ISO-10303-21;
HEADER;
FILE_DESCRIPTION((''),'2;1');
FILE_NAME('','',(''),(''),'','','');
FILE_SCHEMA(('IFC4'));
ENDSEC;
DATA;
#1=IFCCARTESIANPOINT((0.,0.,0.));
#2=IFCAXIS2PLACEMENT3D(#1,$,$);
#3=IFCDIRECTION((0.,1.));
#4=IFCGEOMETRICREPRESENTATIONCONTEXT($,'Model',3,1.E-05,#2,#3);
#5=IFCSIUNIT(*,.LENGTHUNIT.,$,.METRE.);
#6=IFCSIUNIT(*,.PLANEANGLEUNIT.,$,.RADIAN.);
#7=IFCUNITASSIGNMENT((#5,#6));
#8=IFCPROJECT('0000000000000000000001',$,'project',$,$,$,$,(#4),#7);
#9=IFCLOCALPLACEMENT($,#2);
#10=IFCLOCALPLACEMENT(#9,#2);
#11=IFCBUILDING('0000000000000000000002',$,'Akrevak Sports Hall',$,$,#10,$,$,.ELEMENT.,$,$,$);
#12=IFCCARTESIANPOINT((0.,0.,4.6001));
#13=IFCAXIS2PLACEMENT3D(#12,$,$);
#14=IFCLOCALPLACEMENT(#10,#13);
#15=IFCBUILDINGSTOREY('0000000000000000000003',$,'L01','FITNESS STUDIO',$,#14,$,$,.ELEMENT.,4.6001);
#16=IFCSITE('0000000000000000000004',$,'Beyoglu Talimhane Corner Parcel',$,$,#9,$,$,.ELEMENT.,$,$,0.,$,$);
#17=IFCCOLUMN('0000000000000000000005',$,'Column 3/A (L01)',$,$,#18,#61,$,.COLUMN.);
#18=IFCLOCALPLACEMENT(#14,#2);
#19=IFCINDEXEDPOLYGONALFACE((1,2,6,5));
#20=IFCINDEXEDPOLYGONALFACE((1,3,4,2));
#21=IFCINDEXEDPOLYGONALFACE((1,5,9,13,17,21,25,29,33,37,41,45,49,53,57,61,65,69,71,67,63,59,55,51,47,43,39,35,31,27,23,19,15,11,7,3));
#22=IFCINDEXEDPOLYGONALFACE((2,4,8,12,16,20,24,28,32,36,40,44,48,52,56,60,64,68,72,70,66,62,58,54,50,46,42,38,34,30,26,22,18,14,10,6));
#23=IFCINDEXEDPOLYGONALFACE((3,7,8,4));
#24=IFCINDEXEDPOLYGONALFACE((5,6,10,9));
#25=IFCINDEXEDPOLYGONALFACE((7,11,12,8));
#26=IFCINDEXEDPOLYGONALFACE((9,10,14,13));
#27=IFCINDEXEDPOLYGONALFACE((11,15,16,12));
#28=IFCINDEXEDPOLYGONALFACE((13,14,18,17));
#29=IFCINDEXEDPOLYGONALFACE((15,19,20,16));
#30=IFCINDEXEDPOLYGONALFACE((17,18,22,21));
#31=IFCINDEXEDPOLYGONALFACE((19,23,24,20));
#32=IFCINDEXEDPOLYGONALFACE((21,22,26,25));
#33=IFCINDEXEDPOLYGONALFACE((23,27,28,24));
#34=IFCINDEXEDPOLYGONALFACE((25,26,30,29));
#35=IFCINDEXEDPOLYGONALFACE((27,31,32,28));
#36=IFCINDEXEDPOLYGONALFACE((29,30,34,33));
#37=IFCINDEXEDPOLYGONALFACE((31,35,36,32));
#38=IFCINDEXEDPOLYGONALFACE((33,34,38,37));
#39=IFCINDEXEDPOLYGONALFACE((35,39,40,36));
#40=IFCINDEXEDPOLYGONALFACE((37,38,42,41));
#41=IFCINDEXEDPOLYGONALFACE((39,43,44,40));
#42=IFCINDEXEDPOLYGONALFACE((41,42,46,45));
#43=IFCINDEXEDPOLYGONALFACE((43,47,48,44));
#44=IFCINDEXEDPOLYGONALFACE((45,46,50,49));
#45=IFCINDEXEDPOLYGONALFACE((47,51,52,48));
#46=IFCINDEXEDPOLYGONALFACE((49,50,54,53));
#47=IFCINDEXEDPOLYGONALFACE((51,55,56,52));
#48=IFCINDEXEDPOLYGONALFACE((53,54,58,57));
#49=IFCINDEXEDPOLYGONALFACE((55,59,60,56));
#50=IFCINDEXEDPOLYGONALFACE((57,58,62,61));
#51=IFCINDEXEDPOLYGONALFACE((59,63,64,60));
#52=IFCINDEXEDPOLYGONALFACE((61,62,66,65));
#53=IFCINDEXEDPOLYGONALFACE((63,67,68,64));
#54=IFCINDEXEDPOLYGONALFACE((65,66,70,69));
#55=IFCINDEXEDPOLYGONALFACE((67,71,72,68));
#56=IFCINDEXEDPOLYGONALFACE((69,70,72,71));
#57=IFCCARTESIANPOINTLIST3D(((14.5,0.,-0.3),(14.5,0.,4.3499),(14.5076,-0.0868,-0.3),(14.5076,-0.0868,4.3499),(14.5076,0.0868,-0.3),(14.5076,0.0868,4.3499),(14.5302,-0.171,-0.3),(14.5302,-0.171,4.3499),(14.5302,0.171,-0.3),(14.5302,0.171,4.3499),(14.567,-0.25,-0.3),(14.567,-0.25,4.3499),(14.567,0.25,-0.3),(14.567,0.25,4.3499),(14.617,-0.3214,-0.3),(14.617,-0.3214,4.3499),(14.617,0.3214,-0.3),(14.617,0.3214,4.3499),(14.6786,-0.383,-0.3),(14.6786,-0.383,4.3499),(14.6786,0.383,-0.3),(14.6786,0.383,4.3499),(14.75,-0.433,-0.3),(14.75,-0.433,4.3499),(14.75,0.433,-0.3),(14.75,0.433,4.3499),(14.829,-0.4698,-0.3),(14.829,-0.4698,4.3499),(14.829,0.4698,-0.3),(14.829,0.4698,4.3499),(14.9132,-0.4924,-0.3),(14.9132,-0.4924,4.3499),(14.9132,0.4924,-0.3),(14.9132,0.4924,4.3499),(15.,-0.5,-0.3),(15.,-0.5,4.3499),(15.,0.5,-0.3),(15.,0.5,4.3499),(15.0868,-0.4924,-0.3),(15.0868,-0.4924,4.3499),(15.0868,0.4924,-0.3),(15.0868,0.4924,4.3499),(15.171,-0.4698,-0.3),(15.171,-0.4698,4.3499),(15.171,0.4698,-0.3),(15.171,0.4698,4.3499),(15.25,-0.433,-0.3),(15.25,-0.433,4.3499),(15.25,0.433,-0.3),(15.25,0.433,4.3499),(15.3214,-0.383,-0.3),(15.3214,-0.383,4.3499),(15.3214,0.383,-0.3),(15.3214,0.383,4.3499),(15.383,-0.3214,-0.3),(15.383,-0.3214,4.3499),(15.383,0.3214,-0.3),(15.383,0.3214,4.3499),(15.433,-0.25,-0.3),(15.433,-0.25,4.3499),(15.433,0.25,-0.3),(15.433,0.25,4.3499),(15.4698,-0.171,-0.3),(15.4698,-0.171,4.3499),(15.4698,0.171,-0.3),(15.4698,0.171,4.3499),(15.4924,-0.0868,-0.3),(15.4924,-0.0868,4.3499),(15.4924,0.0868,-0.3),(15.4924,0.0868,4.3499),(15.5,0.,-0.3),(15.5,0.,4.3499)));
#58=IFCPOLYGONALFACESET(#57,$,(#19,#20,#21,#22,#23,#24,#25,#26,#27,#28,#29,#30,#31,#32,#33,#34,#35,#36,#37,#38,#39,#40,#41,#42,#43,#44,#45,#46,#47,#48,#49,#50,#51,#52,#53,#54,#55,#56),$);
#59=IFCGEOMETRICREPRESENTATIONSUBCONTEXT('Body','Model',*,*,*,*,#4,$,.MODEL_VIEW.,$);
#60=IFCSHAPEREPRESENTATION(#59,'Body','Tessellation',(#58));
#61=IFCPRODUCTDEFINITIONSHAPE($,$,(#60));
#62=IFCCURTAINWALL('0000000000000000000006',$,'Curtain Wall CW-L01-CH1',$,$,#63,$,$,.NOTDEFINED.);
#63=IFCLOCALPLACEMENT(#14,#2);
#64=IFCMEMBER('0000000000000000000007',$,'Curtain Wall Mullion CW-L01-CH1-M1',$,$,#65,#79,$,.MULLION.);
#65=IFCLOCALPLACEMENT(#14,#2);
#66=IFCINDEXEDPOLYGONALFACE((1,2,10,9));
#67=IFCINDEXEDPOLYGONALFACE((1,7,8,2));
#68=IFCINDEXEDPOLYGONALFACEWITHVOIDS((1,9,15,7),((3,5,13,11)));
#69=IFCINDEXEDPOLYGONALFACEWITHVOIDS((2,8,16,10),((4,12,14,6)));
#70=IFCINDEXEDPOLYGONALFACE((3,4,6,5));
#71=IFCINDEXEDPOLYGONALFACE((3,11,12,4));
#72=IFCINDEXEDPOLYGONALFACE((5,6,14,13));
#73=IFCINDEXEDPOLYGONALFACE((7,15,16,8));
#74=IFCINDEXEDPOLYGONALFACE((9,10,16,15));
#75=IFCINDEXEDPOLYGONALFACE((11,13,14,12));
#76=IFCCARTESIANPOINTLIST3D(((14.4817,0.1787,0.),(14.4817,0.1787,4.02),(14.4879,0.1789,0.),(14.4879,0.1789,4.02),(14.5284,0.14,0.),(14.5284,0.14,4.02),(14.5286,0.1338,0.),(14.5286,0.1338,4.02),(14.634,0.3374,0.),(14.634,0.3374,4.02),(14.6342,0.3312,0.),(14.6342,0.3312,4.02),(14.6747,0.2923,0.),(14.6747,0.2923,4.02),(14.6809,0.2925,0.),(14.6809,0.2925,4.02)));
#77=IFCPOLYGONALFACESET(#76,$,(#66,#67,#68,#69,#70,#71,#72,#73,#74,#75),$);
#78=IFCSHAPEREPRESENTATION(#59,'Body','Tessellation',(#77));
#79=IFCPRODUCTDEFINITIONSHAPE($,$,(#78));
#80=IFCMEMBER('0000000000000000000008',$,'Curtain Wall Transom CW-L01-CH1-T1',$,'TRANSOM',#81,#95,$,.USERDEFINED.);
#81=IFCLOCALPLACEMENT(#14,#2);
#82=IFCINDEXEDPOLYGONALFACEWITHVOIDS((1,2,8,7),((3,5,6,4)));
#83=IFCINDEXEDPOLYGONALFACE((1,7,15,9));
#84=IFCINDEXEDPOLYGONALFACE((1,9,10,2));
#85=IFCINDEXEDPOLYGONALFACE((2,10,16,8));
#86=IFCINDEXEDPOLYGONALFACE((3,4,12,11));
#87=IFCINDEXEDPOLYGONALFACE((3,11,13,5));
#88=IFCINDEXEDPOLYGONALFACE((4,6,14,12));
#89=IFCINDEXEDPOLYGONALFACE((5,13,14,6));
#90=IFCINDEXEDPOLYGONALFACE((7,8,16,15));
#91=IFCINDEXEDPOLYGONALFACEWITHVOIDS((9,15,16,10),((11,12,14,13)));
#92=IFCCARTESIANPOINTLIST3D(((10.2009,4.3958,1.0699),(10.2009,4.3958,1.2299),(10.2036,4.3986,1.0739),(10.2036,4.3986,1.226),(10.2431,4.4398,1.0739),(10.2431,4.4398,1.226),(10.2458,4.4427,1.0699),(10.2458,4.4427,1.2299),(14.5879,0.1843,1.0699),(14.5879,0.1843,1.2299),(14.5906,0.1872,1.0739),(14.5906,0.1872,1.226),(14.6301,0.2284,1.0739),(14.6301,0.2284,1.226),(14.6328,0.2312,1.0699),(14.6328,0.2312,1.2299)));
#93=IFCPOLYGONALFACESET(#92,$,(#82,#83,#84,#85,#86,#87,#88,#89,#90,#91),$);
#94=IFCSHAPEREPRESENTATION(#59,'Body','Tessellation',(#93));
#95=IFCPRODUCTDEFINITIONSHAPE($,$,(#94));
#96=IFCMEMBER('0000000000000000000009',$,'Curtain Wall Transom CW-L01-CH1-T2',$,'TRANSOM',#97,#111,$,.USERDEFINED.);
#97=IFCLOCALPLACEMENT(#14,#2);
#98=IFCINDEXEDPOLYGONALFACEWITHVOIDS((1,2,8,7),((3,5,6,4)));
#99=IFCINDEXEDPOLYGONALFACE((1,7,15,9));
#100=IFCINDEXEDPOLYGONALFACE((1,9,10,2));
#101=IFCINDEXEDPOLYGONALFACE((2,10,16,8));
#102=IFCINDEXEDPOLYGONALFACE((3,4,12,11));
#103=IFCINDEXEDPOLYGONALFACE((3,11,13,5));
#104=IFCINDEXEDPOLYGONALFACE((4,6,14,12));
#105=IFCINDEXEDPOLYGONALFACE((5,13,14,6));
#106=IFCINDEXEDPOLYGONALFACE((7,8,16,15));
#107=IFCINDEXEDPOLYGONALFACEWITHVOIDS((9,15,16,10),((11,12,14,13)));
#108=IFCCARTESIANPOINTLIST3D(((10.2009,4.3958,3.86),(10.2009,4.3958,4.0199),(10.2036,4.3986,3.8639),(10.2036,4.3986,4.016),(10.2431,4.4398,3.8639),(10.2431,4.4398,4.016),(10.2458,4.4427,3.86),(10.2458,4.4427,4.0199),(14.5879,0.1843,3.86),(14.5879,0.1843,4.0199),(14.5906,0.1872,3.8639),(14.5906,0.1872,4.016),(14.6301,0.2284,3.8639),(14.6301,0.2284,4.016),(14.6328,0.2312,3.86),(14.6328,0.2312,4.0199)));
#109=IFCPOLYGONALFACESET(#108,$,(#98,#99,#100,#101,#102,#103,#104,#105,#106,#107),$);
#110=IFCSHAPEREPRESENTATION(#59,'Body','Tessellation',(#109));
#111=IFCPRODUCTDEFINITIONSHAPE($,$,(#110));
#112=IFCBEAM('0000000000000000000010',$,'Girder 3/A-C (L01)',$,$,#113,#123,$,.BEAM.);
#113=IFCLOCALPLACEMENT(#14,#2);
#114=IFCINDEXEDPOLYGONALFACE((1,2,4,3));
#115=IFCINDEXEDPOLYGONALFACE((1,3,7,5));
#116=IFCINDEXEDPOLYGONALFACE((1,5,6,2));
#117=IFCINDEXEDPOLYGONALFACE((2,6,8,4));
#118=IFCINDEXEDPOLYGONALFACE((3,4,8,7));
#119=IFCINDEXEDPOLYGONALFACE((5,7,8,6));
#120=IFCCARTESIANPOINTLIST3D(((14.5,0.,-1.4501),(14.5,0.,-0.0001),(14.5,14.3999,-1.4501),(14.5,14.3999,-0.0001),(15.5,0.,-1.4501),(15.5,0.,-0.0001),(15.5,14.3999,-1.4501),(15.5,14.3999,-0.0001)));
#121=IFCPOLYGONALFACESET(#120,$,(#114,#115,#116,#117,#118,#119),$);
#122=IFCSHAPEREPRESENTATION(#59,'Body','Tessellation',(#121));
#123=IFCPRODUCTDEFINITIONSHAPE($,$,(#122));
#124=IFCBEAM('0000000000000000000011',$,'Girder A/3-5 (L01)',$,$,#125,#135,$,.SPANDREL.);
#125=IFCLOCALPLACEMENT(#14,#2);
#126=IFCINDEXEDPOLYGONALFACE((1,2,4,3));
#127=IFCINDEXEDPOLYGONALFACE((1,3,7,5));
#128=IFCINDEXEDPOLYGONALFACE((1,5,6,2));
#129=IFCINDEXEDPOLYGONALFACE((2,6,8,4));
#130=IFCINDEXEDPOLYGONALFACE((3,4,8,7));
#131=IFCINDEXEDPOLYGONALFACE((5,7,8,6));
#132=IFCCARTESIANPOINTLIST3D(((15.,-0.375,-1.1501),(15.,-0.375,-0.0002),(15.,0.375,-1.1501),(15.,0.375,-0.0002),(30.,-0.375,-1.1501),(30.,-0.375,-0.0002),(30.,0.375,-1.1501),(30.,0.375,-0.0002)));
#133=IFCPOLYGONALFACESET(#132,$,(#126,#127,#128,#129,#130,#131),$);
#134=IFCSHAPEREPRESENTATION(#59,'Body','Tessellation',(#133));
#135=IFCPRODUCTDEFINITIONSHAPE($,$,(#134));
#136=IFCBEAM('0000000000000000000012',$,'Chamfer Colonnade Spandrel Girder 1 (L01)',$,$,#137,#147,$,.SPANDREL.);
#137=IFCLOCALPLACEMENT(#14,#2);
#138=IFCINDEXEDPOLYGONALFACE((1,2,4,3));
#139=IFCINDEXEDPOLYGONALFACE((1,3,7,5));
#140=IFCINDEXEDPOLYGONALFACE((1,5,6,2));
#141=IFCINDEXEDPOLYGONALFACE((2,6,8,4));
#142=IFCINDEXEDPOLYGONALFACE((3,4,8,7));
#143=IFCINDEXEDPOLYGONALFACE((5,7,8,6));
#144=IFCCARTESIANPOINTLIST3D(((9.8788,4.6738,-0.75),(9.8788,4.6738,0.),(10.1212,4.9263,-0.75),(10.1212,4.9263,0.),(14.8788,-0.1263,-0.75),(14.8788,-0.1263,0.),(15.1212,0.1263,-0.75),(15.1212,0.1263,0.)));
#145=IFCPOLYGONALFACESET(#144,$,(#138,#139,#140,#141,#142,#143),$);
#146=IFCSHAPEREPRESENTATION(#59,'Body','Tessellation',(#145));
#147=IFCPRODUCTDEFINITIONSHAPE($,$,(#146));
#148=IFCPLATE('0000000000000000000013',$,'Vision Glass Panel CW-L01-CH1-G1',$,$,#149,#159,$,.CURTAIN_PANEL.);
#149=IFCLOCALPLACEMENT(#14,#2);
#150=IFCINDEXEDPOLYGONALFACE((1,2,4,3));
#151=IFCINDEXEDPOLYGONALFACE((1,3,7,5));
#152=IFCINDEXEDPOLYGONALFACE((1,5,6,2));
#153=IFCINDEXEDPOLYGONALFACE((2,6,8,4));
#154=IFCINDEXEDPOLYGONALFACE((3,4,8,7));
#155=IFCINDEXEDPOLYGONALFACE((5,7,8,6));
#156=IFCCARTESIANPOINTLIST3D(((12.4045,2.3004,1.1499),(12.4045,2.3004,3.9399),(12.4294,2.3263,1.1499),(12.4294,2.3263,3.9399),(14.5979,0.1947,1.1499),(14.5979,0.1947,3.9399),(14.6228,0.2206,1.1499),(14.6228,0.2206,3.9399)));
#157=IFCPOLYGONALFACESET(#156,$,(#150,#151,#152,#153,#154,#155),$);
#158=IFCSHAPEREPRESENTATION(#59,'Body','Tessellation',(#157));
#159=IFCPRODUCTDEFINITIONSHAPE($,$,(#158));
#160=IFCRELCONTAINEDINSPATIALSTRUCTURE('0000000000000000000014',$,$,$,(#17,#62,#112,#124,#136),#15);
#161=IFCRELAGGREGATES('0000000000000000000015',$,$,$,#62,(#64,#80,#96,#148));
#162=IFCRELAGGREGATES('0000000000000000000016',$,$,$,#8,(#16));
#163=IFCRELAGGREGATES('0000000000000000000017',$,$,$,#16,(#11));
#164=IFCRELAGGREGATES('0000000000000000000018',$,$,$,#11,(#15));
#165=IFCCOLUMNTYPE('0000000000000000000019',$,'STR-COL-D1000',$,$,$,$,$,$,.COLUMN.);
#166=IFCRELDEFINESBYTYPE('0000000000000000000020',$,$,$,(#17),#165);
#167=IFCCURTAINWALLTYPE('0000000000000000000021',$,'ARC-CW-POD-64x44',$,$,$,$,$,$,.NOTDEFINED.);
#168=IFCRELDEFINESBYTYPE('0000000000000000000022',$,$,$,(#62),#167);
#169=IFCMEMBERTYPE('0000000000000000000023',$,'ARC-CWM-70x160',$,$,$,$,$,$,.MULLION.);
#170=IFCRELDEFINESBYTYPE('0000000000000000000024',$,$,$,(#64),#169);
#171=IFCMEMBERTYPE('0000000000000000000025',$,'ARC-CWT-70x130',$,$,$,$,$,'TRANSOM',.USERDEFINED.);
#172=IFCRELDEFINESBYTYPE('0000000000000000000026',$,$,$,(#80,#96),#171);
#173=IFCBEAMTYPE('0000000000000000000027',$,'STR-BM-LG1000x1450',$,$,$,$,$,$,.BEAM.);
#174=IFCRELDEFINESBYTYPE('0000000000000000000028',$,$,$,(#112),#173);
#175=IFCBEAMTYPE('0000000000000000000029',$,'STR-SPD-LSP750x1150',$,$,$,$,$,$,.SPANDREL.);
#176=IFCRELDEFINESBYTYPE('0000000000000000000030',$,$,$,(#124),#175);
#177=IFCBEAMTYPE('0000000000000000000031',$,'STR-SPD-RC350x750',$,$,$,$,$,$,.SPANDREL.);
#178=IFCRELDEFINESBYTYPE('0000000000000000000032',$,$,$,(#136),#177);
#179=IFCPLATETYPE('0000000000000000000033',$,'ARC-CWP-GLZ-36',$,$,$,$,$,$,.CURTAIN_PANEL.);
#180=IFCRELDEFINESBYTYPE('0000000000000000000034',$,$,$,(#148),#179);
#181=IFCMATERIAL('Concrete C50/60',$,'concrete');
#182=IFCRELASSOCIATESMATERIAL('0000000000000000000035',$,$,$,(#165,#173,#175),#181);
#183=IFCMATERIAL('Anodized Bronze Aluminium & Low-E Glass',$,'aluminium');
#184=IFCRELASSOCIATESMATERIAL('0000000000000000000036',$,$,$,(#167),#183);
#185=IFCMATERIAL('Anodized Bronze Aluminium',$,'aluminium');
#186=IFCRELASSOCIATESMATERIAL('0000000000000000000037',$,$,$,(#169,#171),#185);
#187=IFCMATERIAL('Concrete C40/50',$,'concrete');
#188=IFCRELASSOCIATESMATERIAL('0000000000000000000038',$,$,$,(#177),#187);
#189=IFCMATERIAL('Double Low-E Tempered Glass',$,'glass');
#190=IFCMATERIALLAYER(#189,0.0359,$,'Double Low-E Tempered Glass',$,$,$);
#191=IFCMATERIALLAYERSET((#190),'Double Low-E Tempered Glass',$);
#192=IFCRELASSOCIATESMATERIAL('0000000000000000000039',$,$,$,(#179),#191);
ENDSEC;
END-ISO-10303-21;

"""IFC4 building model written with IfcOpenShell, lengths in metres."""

from ifc_helpers import new_model, si_unit, direction, frame, origin, origin_2d, place, context, subcontext, project, spatial, rectangle, hollow_rectangle, circle, extrude, material, layer, layer_set, material_profile, profile_set, type_object, element, aggregate, save


model = new_model("IFC4")

# Units and contexts
model_context = context("Model", 3, precision=1e-05, world=origin(), true_north=direction((0.0, 1.0)))
body_context = subcontext(model_context, "Body", "Model", "MODEL_VIEW")
ifc_project = project(units=[si_unit("LENGTHUNIT", "METRE"), si_unit("PLANEANGLEUNIT", "RADIAN")], contexts=[model_context])

# Site, building, storey
site_placement = place(None, origin())
site = spatial("IfcSite", under=ifc_project, at=site_placement, Name="Beyoglu Talimhane Corner Parcel", CompositionType="ELEMENT", RefElevation=0.0)
building_placement = place(site_placement, origin())
building = spatial("IfcBuilding", under=site, at=building_placement, Name="Akrevak Sports Hall", CompositionType="ELEMENT")
storey_placement = place(building_placement, frame((0.0, 0.0, 4.6001)))
storey = spatial("IfcBuildingStorey", under=building, at=storey_placement, Name="L01", Description="FITNESS STUDIO", CompositionType="ELEMENT", Elevation=4.6001)

# Column
ifc_material_1 = material(Name="Concrete C50/60", Category="concrete")
ifc_material_profile_1 = material_profile(ifc_material_1, circle(Radius=0.5, at=origin_2d()), Name="COL D1000", Category="concrete")
ifc_profile_set_1 = profile_set([ifc_material_profile_1], Name="Concrete C50/60")
column_type = type_object("IfcColumnType", Name="STR-COL-D1000", PredefinedType="COLUMN", material=ifc_profile_set_1)
column_placement = place(storey_placement, frame((15.0, 0.0, -0.3), z_axis=(0.0, 0.0, 1.0), x_axis=(1.0, 0.0, 0.0)))
element("IfcColumn", 1, at=column_placement, inside=storey, type_object=column_type, Name="Column 3/A (L01)", PredefinedType="COLUMN", context=body_context, shape_type="SweptSolid", body=[
    extrude(circle(Radius=0.5, at=origin_2d()), origin(), (0.0, 0.0, 1.0), 4.6499),
])

# Curtain wall, members
ifc_material_2 = material(Name="Anodized Bronze Aluminium & Low-E Glass", Category="aluminium")
curtain_wall_type = type_object("IfcCurtainWallType", Name="ARC-CW-POD-64x44", PredefinedType="NOTDEFINED", material=ifc_material_2)
curtain_wall_placement = place(storey_placement, origin())
curtain_wall = element("IfcCurtainWall", 2, at=curtain_wall_placement, inside=storey, type_object=curtain_wall_type, Name="Curtain Wall CW-L01-CH1", PredefinedType="NOTDEFINED")
ifc_material_3 = material(Name="Anodized Bronze Aluminium", Category="aluminium")
ifc_material_profile_2 = material_profile(ifc_material_3, hollow_rectangle(XDim=0.0649, YDim=0.22, WallThickness=0.0044, at=origin_2d()), Name="CWM 65x220", Category="aluminium")
ifc_profile_set_2 = profile_set([ifc_material_profile_2], Name="Anodized Bronze Aluminium")
member_type_1 = type_object("IfcMemberType", Name="ARC-CWM-70x160", PredefinedType="MULLION", material=ifc_profile_set_2)
member_1_placement = place(storey_placement, frame((14.5813, 0.2356, 0.0), z_axis=(0.0, 0.0, 1.0), x_axis=(-0.721386, 0.692534, 0.0)))
member_1 = element("IfcMember", 3, at=member_1_placement, type_object=member_type_1, Name="Curtain Wall Mullion CW-L01-CH1-M1", PredefinedType="MULLION", context=body_context, shape_type="SweptSolid", body=[
    extrude(hollow_rectangle(XDim=0.0649, YDim=0.22, WallThickness=0.0044, at=origin_2d()), origin(), (0.0, 0.0, 1.0), 4.02),
])
ifc_material_profile_3 = material_profile(ifc_material_3, hollow_rectangle(XDim=0.0649, YDim=0.1599, WallThickness=0.0039, at=origin_2d()), Name="CWT 65x160", Category="aluminium")
ifc_profile_set_3 = profile_set([ifc_material_profile_3], Name="Anodized Bronze Aluminium")
member_type_2 = type_object("IfcMemberType", Name="ARC-CWT-70x130", ElementType="TRANSOM", PredefinedType="USERDEFINED", material=ifc_profile_set_3)
member_2_placement = place(storey_placement, frame((14.6104, 0.2078, 1.1499), z_axis=(-0.721392, 0.692527, 0.0), x_axis=(-0.692527, -0.721392, 0.0)))
member_2 = element("IfcMember", 4, at=member_2_placement, type_object=member_type_2, Name="Curtain Wall Transom CW-L01-CH1-T1", ObjectType="TRANSOM", PredefinedType="USERDEFINED", context=body_context, shape_type="SweptSolid", body=[
    extrude(hollow_rectangle(XDim=0.0649, YDim=0.1599, WallThickness=0.0039, at=origin_2d()), origin(), (0.0, 0.0, 1.0), 6.0813),
])
member_3_placement = place(storey_placement, frame((14.6104, 0.2078, 3.9399), z_axis=(-0.721392, 0.692527, 0.0), x_axis=(-0.692527, -0.721392, 0.0)))
member_3 = element("IfcMember", 5, at=member_3_placement, type_object=member_type_2, Name="Curtain Wall Transom CW-L01-CH1-T2", ObjectType="TRANSOM", PredefinedType="USERDEFINED", context=body_context, shape_type="SweptSolid", body=[
    extrude(hollow_rectangle(XDim=0.0649, YDim=0.1599, WallThickness=0.0039, at=origin_2d()), origin(), (0.0, 0.0, 1.0), 6.0813),
])

# Beams
ifc_material_profile_4 = material_profile(ifc_material_1, rectangle(XDim=1.0, YDim=1.45, at=origin_2d()), Name="BM 1000x1450", Category="concrete")
ifc_profile_set_4 = profile_set([ifc_material_profile_4], Name="Concrete C50/60")
beam_type_1 = type_object("IfcBeamType", Name="STR-BM-LG1000x1450", PredefinedType="BEAM", material=ifc_profile_set_4)
beam_1_placement = place(storey_placement, frame((15.0, 0.0, -0.7251), z_axis=(0.0, 1.0, 0.0), x_axis=(-1.0, 0.0, 0.0)))
element("IfcBeam", 6, at=beam_1_placement, inside=storey, type_object=beam_type_1, Name="Girder 3/A-C (L01)", PredefinedType="BEAM", context=body_context, shape_type="SweptSolid", body=[
    extrude(rectangle(XDim=1.0, YDim=1.45, at=origin_2d()), origin(), (0.0, 0.0, 1.0), 14.3999),
])
ifc_material_profile_5 = material_profile(ifc_material_1, rectangle(XDim=0.75, YDim=1.1499, at=origin_2d()), Name="SPD 750x1150", Category="concrete")
ifc_profile_set_5 = profile_set([ifc_material_profile_5], Name="Concrete C50/60")
beam_type_2 = type_object("IfcBeamType", Name="STR-SPD-LSP750x1150", PredefinedType="SPANDREL", material=ifc_profile_set_5)
beam_2_placement = place(storey_placement, frame((15.0, 0.0, -0.5752), z_axis=(1.0, 0.0, 0.0), x_axis=(0.0, 1.0, 0.0)))
element("IfcBeam", 7, at=beam_2_placement, inside=storey, type_object=beam_type_2, Name="Girder A/3-5 (L01)", PredefinedType="SPANDREL", context=body_context, shape_type="SweptSolid", body=[
    extrude(rectangle(XDim=0.75, YDim=1.1499, at=origin_2d()), origin(), (0.0, 0.0, 1.0), 15.0),
])
ifc_material_4 = material(Name="Concrete C40/50", Category="concrete")
ifc_material_profile_6 = material_profile(ifc_material_4, rectangle(XDim=0.3501, YDim=0.75, at=origin_2d()), Name="SPD 350x750", Category="concrete")
ifc_profile_set_6 = profile_set([ifc_material_profile_6], Name="Concrete C40/50")
beam_type_3 = type_object("IfcBeamType", Name="STR-SPD-RC350x750", PredefinedType="SPANDREL", material=ifc_profile_set_6)
beam_3_placement = place(storey_placement, frame((15.0, 0.0, -0.375), z_axis=(-0.721384, 0.692535, 0.0), x_axis=(-0.692535, -0.721384, 0.0)))
element("IfcBeam", 8, at=beam_3_placement, inside=storey, type_object=beam_type_3, Name="Chamfer Colonnade Spandrel Girder 1 (L01)", PredefinedType="SPANDREL", context=body_context, shape_type="SweptSolid", body=[
    extrude(rectangle(XDim=0.3501, YDim=0.75, at=origin_2d()), origin(), (0.0, 0.0, 1.0), 6.9312),
])

# Plate
ifc_material_5 = material(Name="Double Low-E Tempered Glass", Category="glass")
ifc_layer_1 = layer(ifc_material_5, 0.0359, Name="Double Low-E Tempered Glass")
ifc_layer_set_1 = layer_set([ifc_layer_1], Name="Double Low-E Tempered Glass")
plate_type = type_object("IfcPlateType", Name="ARC-CWP-GLZ-36", PredefinedType="CURTAIN_PANEL", material=ifc_layer_set_1)
plate_placement = place(storey_placement, frame((13.5137, 1.2605, 1.1499), z_axis=(0.0, 0.0, 1.0), x_axis=(-0.721386, 0.692534, 0.0)))
plate = element("IfcPlate", 9, at=plate_placement, type_object=plate_type, Name="Vision Glass Panel CW-L01-CH1-G1", PredefinedType="CURTAIN_PANEL", context=body_context, shape_type="SweptSolid", body=[
    extrude(rectangle(XDim=3.0405, YDim=0.0359, at=origin_2d()), origin(), (0.0, 0.0, 1.0), 2.79),
])
aggregate(curtain_wall, [member_1, member_2, member_3, plate])

save(model, "model.ifc")
